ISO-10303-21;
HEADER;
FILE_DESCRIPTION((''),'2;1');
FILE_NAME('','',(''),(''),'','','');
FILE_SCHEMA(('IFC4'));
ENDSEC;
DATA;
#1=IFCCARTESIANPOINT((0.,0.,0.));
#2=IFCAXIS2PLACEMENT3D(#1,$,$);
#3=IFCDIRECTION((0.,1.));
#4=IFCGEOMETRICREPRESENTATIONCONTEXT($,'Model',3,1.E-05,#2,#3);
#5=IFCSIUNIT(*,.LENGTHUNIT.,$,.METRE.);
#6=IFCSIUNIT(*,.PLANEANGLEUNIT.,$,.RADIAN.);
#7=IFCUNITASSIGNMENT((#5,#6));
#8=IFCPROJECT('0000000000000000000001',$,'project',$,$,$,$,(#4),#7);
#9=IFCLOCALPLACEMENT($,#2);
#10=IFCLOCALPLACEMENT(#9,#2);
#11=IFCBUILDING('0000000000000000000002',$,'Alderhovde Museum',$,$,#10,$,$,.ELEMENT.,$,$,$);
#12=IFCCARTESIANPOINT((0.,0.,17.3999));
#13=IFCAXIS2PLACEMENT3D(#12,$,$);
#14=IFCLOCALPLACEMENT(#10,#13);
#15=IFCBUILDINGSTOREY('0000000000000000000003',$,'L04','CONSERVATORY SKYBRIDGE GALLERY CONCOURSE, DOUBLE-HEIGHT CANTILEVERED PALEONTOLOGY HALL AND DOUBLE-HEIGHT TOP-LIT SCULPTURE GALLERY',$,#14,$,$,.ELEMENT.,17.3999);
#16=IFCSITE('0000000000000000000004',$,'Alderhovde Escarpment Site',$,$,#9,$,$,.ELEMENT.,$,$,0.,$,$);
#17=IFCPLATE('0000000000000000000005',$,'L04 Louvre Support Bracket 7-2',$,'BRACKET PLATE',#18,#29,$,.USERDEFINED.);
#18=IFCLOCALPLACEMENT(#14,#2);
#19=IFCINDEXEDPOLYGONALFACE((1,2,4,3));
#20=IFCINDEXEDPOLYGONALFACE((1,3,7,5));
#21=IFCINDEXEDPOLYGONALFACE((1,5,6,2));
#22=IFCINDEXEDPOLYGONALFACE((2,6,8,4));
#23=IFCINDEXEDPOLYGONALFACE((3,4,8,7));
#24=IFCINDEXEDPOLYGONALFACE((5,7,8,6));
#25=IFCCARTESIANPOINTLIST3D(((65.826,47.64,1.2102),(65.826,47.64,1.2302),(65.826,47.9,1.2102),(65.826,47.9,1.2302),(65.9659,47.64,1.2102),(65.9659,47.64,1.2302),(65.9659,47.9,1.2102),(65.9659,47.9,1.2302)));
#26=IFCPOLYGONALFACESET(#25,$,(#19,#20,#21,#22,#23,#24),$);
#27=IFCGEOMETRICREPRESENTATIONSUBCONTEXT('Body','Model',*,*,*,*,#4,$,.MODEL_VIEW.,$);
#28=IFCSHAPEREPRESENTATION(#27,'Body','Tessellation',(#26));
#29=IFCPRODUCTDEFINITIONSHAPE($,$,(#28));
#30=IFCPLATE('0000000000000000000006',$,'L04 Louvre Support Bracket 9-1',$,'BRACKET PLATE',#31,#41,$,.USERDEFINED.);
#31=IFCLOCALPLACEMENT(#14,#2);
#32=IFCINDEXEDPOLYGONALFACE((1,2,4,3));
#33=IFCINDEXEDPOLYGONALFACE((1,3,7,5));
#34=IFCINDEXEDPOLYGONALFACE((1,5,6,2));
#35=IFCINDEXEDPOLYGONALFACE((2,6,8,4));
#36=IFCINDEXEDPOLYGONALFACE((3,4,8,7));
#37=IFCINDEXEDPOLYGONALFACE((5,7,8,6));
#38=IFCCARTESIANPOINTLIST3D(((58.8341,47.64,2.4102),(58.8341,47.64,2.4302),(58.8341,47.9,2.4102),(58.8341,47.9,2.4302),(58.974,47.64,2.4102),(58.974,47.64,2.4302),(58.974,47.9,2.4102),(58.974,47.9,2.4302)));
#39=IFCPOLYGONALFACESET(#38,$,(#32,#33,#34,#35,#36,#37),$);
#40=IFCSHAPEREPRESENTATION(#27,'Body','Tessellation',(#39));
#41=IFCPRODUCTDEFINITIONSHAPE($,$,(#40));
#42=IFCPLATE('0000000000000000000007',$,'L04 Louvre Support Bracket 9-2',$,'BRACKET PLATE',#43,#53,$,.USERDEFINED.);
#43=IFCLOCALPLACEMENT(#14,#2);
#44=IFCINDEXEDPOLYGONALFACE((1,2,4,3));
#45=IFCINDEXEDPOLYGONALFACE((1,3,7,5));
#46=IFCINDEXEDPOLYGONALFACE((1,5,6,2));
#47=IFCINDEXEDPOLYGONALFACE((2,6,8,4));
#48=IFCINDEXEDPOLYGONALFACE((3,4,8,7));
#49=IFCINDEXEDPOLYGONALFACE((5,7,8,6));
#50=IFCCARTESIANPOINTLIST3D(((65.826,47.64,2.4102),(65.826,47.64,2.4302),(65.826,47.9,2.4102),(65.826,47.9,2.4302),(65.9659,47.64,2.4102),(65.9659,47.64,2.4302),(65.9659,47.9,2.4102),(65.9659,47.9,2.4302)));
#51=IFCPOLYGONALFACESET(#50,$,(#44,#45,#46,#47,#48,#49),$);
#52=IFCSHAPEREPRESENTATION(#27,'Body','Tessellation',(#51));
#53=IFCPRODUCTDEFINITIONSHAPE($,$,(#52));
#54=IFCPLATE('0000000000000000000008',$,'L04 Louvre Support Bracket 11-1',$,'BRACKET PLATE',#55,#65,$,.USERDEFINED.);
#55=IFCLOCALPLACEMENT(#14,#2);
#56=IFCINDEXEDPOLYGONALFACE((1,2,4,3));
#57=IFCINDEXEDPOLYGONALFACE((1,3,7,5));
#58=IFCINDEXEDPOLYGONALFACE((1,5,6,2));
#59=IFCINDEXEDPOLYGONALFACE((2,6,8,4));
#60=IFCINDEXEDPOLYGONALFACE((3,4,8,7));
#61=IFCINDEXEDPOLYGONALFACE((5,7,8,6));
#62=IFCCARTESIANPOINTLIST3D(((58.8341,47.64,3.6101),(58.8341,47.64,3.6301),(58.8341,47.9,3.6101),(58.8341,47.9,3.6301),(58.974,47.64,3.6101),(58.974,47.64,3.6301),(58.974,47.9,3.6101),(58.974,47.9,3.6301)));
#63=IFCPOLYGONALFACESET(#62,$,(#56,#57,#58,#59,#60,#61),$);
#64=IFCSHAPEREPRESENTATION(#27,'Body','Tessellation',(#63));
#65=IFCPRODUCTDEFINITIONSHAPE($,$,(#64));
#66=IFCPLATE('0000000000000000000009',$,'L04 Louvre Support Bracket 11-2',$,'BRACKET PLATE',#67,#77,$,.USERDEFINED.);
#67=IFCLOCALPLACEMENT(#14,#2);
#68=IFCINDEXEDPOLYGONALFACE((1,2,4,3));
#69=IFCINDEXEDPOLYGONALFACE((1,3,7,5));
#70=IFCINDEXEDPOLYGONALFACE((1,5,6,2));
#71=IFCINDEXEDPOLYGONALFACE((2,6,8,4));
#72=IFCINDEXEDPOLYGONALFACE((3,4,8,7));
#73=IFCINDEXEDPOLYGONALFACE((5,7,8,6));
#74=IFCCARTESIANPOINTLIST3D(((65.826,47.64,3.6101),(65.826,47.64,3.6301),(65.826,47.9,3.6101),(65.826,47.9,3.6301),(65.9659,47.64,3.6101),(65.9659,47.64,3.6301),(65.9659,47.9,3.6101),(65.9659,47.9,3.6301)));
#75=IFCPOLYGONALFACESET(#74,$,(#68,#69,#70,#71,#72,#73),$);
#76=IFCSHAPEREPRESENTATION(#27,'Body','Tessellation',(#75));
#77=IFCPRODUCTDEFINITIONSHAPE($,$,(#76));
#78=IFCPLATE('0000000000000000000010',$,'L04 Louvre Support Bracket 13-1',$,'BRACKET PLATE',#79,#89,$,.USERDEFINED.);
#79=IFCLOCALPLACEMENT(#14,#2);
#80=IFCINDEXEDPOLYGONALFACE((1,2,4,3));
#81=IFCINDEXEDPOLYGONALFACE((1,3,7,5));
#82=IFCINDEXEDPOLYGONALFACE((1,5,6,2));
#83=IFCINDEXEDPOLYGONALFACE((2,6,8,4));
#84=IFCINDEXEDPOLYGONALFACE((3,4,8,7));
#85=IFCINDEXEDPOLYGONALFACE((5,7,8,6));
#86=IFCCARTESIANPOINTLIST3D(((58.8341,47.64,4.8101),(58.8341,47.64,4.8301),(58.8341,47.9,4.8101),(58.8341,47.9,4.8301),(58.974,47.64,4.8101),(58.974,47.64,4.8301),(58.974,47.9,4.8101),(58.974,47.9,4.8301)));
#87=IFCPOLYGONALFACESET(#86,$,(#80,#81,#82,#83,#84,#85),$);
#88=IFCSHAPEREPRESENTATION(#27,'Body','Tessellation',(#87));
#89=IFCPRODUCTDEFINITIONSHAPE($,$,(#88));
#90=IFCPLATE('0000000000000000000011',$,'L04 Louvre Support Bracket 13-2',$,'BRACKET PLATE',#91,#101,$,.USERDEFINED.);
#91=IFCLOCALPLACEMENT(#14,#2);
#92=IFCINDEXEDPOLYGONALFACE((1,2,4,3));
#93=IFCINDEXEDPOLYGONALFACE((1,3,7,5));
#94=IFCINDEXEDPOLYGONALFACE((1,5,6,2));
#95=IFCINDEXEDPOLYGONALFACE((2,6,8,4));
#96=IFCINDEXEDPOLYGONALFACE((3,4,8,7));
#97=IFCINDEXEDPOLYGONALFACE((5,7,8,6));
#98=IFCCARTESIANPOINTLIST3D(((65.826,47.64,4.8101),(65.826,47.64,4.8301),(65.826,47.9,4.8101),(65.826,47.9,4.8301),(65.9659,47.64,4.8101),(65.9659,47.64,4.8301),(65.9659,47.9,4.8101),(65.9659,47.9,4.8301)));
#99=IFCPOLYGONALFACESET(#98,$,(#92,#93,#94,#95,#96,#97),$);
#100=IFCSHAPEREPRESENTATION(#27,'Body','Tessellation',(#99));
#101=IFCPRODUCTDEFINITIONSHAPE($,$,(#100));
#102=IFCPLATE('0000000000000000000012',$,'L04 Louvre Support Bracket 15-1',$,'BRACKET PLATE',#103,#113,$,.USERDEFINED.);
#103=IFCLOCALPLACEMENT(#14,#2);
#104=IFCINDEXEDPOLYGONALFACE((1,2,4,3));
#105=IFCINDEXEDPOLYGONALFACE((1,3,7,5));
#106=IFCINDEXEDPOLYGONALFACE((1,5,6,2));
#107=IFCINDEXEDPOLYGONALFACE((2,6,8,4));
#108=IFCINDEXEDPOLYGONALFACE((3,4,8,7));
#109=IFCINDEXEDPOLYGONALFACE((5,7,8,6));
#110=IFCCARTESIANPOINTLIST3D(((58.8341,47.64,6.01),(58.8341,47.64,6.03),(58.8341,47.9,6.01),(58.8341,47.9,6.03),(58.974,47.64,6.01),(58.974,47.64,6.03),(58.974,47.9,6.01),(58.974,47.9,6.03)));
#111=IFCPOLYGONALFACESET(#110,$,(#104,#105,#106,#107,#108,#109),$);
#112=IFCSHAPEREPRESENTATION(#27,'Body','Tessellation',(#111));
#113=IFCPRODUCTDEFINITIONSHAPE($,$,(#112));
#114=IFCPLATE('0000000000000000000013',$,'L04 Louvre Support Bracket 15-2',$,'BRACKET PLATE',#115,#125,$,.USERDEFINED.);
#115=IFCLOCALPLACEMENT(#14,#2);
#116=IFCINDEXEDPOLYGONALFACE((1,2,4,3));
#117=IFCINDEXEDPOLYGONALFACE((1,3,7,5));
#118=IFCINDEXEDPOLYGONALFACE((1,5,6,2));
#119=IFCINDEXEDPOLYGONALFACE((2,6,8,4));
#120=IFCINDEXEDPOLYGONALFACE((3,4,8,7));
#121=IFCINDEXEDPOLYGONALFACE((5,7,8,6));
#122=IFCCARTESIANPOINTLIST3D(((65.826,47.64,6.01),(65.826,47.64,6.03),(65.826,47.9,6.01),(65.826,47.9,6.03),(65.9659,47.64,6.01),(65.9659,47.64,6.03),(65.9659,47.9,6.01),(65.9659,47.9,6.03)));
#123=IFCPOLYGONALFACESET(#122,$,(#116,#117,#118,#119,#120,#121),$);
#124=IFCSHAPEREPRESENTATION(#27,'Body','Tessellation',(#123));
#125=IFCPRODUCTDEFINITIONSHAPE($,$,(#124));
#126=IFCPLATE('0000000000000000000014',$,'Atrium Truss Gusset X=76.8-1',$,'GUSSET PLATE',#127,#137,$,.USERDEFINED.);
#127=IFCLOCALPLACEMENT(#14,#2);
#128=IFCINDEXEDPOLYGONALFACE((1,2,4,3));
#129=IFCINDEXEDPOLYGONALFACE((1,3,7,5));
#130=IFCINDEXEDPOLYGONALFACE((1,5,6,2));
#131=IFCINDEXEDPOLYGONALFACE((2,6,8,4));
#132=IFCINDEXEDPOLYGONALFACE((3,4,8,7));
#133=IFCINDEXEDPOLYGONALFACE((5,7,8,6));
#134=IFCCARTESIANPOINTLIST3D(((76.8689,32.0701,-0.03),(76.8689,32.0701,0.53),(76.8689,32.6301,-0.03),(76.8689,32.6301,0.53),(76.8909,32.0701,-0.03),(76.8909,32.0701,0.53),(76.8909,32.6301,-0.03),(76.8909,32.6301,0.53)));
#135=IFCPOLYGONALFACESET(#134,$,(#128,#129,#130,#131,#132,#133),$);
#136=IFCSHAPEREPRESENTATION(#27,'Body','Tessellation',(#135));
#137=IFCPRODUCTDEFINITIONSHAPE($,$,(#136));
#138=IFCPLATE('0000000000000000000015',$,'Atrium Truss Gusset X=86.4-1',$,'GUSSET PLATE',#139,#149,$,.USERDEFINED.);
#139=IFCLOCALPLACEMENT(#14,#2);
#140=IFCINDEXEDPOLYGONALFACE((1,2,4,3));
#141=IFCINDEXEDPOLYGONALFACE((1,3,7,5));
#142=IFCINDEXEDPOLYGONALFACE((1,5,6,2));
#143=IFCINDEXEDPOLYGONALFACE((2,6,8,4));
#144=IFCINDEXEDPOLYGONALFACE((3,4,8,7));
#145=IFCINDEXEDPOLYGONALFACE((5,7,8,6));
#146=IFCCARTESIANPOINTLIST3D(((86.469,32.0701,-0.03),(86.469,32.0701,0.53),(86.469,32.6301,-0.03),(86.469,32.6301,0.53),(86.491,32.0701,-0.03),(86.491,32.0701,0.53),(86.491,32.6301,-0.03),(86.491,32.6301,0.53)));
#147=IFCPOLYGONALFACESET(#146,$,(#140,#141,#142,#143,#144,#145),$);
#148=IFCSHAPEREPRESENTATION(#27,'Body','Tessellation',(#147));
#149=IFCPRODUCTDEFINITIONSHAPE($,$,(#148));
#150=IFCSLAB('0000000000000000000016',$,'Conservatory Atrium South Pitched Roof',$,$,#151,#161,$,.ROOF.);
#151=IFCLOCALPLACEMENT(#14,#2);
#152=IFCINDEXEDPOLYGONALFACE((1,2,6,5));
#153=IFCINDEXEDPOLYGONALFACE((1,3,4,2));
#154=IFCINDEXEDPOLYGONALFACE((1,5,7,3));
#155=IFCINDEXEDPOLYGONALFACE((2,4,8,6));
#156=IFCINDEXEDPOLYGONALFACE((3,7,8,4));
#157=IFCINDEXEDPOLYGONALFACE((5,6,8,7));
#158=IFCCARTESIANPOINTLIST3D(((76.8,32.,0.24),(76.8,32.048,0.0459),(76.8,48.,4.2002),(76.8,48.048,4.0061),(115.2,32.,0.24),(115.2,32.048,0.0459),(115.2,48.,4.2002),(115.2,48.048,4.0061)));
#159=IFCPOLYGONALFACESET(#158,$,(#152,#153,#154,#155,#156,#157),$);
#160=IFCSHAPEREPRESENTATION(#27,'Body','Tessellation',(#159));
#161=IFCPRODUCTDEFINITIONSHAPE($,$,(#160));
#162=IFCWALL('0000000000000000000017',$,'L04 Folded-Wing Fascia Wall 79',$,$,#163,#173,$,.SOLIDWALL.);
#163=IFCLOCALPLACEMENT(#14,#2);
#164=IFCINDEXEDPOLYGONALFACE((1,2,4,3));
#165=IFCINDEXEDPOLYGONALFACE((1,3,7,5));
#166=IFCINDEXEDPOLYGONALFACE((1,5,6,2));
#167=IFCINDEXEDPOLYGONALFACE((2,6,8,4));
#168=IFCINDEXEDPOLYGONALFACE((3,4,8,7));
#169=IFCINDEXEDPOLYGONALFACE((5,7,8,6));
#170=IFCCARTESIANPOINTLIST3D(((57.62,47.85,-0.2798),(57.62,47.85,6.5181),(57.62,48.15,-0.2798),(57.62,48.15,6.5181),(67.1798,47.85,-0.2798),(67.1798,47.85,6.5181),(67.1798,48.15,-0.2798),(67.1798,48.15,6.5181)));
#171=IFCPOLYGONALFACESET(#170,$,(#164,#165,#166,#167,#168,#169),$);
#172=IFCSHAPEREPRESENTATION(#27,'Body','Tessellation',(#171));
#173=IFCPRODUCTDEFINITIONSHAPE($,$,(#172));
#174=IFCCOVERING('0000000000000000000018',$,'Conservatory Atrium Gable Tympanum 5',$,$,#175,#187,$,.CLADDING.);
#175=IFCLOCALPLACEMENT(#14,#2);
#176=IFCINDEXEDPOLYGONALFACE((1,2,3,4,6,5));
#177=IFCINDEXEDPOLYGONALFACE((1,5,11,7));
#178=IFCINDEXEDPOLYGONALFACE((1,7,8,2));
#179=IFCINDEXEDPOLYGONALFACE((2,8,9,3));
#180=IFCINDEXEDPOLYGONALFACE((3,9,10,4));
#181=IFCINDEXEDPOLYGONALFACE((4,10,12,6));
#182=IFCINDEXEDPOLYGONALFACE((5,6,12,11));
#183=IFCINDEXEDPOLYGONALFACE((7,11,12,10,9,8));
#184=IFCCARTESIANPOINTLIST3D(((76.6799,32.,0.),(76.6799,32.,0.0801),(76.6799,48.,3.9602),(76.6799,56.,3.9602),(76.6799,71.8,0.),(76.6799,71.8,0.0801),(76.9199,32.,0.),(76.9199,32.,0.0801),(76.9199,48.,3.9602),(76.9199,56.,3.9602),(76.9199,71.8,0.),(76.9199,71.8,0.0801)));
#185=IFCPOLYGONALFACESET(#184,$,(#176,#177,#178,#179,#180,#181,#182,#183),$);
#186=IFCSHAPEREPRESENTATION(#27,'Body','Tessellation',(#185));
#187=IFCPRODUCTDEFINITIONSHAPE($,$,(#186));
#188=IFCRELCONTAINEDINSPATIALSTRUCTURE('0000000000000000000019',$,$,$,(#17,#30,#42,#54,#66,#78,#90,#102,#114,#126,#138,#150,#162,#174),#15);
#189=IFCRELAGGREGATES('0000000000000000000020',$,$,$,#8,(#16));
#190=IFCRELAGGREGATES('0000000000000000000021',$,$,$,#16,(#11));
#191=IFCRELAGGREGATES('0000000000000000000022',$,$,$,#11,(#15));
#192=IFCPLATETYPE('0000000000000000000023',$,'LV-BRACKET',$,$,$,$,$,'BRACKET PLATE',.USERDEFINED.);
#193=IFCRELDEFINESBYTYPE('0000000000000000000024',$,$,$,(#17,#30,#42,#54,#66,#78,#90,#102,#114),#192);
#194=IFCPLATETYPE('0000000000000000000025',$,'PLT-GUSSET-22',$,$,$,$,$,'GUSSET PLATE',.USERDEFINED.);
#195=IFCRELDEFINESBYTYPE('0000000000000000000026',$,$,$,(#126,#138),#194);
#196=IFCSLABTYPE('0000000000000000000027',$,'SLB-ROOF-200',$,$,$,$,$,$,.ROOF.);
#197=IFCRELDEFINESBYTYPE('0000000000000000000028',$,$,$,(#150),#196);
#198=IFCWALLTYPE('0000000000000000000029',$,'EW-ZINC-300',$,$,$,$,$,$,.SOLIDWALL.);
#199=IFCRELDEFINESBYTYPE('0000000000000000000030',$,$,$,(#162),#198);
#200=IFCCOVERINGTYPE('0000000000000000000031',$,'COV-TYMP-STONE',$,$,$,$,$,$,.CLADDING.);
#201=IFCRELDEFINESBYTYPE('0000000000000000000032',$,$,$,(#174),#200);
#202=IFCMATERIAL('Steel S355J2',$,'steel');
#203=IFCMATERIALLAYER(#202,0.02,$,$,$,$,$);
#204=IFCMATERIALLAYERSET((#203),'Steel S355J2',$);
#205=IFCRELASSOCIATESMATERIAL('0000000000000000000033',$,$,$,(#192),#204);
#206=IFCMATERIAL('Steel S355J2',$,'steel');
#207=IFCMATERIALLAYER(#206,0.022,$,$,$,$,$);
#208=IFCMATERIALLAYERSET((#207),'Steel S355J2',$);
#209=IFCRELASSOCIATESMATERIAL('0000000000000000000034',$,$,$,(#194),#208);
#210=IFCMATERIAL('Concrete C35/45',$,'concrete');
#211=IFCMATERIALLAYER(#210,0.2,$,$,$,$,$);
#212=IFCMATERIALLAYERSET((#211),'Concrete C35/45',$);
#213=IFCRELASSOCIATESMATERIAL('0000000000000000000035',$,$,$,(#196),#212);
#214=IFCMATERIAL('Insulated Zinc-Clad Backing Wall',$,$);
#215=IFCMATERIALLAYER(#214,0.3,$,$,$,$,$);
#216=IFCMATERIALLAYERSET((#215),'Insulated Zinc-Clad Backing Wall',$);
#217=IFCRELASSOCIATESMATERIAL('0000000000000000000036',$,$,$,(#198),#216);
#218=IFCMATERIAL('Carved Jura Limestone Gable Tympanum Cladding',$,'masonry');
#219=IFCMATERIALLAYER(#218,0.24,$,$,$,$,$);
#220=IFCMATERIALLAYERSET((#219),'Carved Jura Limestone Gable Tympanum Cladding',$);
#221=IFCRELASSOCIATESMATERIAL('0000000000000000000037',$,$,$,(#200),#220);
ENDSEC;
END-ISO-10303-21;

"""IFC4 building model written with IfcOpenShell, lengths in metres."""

from ifc_helpers import new_model, si_unit, direction, frame, frame_2d, origin, origin_2d, place, context, subcontext, project, spatial, polyline, rectangle, outline, extrude, material, layer, layer_set, type_object, element, save


model = new_model("IFC4")

# Units and contexts
model_context = context("Model", 3, precision=1e-05, world=origin(), true_north=direction((0.0, 1.0)))
body_context = subcontext(model_context, "Body", "Model", "MODEL_VIEW")
ifc_project = project(units=[si_unit("LENGTHUNIT", "METRE"), si_unit("PLANEANGLEUNIT", "RADIAN")], contexts=[model_context])

# Site, building, storey
site_placement = place(None, origin())
site = spatial("IfcSite", under=ifc_project, at=site_placement, Name="Alderhovde Escarpment Site", CompositionType="ELEMENT", RefElevation=0.0)
building_placement = place(site_placement, origin())
building = spatial("IfcBuilding", under=site, at=building_placement, Name="Alderhovde Museum", CompositionType="ELEMENT")
storey_placement = place(building_placement, frame((0.0, 0.0, 17.3999)))
storey = spatial("IfcBuildingStorey", under=building, at=storey_placement, Name="L04", Description="CONSERVATORY SKYBRIDGE GALLERY CONCOURSE, DOUBLE-HEIGHT CANTILEVERED PALEONTOLOGY HALL AND DOUBLE-HEIGHT TOP-LIT SCULPTURE GALLERY", CompositionType="ELEMENT", Elevation=17.3999)

# Plates
ifc_material_1 = material(Name="Steel S355J2", Category="steel")
ifc_layer_1 = layer(ifc_material_1, 0.02)
ifc_layer_set_1 = layer_set([ifc_layer_1], Name="Steel S355J2")
plate_type_1 = type_object("IfcPlateType", Name="LV-BRACKET", ElementType="BRACKET PLATE", PredefinedType="USERDEFINED", material=ifc_layer_set_1)
for number, where, z_axis, x_axis, name in (
    (1, (65.896, 47.77, 1.2102), (0.0, 0.0, 1.0), (1.0, 0.0, 0.0), "L04 Louvre Support Bracket 7-2"),
    (2, (58.9041, 47.77, 2.4102), (0.0, 0.0, 1.0), (1.0, 0.0, 0.0), "L04 Louvre Support Bracket 9-1"),
    (3, (65.896, 47.77, 2.4102), (0.0, 0.0, 1.0), (1.0, 0.0, 0.0), "L04 Louvre Support Bracket 9-2"),
    (4, (58.9041, 47.77, 3.6101), (0.0, 0.0, 1.0), (1.0, 0.0, 0.0), "L04 Louvre Support Bracket 11-1"),
    (5, (65.896, 47.77, 3.6101), (0.0, 0.0, 1.0), (1.0, 0.0, 0.0), "L04 Louvre Support Bracket 11-2"),
    (6, (58.9041, 47.77, 4.8101), (0.0, 0.0, 1.0), (1.0, 0.0, 0.0), "L04 Louvre Support Bracket 13-1"),
    (7, (65.896, 47.77, 4.8101), (0.0, 0.0, 1.0), (1.0, 0.0, 0.0), "L04 Louvre Support Bracket 13-2"),
    (8, (58.9041, 47.77, 6.01), (0.0, 0.0, 1.0), (1.0, 0.0, 0.0), "L04 Louvre Support Bracket 15-1"),
    (9, (65.896, 47.77, 6.01), (0.0, 0.0, 1.0), (1.0, 0.0, 0.0), "L04 Louvre Support Bracket 15-2"),
):
    element("IfcPlate", number, at=place(storey_placement, frame(where, z_axis=z_axis, x_axis=x_axis)), inside=storey, type_object=plate_type_1, Name=name, ObjectType="BRACKET PLATE", PredefinedType="USERDEFINED", context=body_context, shape_type="SweptSolid", body=[
        extrude(rectangle(XDim=0.1399, YDim=0.26, at=origin_2d()), origin(), (0.0, 0.0, 1.0), 0.02),
    ])
ifc_material_2 = material(Name="Steel S355J2", Category="steel")
ifc_layer_2 = layer(ifc_material_2, 0.022)
ifc_layer_set_2 = layer_set([ifc_layer_2], Name="Steel S355J2")
plate_type_2 = type_object("IfcPlateType", Name="PLT-GUSSET-22", ElementType="GUSSET PLATE", PredefinedType="USERDEFINED", material=ifc_layer_set_2)
for number, where, z_axis, x_axis, name in (
    (10, (76.8799, 32.3501, -0.03), (0.0, 0.0, 1.0), (1.0, 0.0, 0.0), "Atrium Truss Gusset X=76.8-1"),
    (11, (86.48, 32.3501, -0.03), (0.0, 0.0, 1.0), (1.0, 0.0, 0.0), "Atrium Truss Gusset X=86.4-1"),
):
    element("IfcPlate", number, at=place(storey_placement, frame(where, z_axis=z_axis, x_axis=x_axis)), inside=storey, type_object=plate_type_2, Name=name, ObjectType="GUSSET PLATE", PredefinedType="USERDEFINED", context=body_context, shape_type="SweptSolid", body=[
        extrude(rectangle(XDim=0.022, YDim=0.5601, at=origin_2d()), origin(), (0.0, 0.0, 1.0), 0.5601),
    ])

# Slab
ifc_material_3 = material(Name="Concrete C35/45", Category="concrete")
ifc_layer_3 = layer(ifc_material_3, 0.2)
ifc_layer_set_3 = layer_set([ifc_layer_3], Name="Concrete C35/45")
slab_type = type_object("IfcSlabType", Name="SLB-ROOF-200", PredefinedType="ROOF", material=ifc_layer_set_3)
slab_placement = place(storey_placement, frame((76.8, 32.0, 0.24), z_axis=(0.0, -0.240263, 0.970708), x_axis=(1.0, 0.0, 0.0)))
element("IfcSlab", 12, at=slab_placement, inside=storey, type_object=slab_type, Name="Conservatory Atrium South Pitched Roof", PredefinedType="ROOF", context=body_context, shape_type="SweptSolid", body=[
    extrude(outline(polyline([(0.0, 0.0), (38.3999, 0.0), (38.3999, 16.4828), (0.0, 16.4828), (0.0, 0.0)])), origin(), (0.0, 0.0, -1.0), 0.2),
])

# Wall
ifc_material_4 = material(Name="Insulated Zinc-Clad Backing Wall")
ifc_layer_4 = layer(ifc_material_4, 0.3)
ifc_layer_set_4 = layer_set([ifc_layer_4], Name="Insulated Zinc-Clad Backing Wall")
wall_type = type_object("IfcWallType", Name="EW-ZINC-300", PredefinedType="SOLIDWALL", material=ifc_layer_set_4)
wall_placement = place(storey_placement, frame((57.6201, 48.0, -0.2798), z_axis=(0.0, 0.0, 1.0), x_axis=(1.0, 0.0, 0.0)))
element("IfcWall", 13, at=wall_placement, inside=storey, type_object=wall_type, Name="L04 Folded-Wing Fascia Wall 79", PredefinedType="SOLIDWALL", context=body_context, shape_type="SweptSolid", body=[
    extrude(rectangle(XDim=9.5598, YDim=0.3, at=frame_2d((4.7798, 0.0))), origin(), (0.0, 0.0, 1.0), 6.7979),
])

# Covering
ifc_material_5 = material(Name="Carved Jura Limestone Gable Tympanum Cladding", Category="masonry")
ifc_layer_5 = layer(ifc_material_5, 0.24)
ifc_layer_set_5 = layer_set([ifc_layer_5], Name="Carved Jura Limestone Gable Tympanum Cladding")
covering_type = type_object("IfcCoveringType", Name="COV-TYMP-STONE", PredefinedType="CLADDING", material=ifc_layer_set_5)
covering_placement = place(storey_placement, frame((76.8, 32.0, 0.0), z_axis=(0.0, 0.0, 1.0), x_axis=(0.0, 1.0, 0.0)))
element("IfcCovering", 14, at=covering_placement, inside=storey, type_object=covering_type, Name="Conservatory Atrium Gable Tympanum 5", PredefinedType="CLADDING", context=body_context, shape_type="SweptSolid", body=[
    extrude(outline(polyline([(0.0, 0.0), (39.8, 0.0), (39.8, 0.0801), (24.0, 3.9602), (16.0, 3.9602), (0.0, 0.0801), (0.0, 0.0)])), frame((0.0, 0.1201, 0.0), z_axis=(0.0, -1.0, 0.0), x_axis=(1.0, 0.0, 0.0)), (0.0, 0.0, 1.0), 0.24),
])

save(model, "model.ifc")
